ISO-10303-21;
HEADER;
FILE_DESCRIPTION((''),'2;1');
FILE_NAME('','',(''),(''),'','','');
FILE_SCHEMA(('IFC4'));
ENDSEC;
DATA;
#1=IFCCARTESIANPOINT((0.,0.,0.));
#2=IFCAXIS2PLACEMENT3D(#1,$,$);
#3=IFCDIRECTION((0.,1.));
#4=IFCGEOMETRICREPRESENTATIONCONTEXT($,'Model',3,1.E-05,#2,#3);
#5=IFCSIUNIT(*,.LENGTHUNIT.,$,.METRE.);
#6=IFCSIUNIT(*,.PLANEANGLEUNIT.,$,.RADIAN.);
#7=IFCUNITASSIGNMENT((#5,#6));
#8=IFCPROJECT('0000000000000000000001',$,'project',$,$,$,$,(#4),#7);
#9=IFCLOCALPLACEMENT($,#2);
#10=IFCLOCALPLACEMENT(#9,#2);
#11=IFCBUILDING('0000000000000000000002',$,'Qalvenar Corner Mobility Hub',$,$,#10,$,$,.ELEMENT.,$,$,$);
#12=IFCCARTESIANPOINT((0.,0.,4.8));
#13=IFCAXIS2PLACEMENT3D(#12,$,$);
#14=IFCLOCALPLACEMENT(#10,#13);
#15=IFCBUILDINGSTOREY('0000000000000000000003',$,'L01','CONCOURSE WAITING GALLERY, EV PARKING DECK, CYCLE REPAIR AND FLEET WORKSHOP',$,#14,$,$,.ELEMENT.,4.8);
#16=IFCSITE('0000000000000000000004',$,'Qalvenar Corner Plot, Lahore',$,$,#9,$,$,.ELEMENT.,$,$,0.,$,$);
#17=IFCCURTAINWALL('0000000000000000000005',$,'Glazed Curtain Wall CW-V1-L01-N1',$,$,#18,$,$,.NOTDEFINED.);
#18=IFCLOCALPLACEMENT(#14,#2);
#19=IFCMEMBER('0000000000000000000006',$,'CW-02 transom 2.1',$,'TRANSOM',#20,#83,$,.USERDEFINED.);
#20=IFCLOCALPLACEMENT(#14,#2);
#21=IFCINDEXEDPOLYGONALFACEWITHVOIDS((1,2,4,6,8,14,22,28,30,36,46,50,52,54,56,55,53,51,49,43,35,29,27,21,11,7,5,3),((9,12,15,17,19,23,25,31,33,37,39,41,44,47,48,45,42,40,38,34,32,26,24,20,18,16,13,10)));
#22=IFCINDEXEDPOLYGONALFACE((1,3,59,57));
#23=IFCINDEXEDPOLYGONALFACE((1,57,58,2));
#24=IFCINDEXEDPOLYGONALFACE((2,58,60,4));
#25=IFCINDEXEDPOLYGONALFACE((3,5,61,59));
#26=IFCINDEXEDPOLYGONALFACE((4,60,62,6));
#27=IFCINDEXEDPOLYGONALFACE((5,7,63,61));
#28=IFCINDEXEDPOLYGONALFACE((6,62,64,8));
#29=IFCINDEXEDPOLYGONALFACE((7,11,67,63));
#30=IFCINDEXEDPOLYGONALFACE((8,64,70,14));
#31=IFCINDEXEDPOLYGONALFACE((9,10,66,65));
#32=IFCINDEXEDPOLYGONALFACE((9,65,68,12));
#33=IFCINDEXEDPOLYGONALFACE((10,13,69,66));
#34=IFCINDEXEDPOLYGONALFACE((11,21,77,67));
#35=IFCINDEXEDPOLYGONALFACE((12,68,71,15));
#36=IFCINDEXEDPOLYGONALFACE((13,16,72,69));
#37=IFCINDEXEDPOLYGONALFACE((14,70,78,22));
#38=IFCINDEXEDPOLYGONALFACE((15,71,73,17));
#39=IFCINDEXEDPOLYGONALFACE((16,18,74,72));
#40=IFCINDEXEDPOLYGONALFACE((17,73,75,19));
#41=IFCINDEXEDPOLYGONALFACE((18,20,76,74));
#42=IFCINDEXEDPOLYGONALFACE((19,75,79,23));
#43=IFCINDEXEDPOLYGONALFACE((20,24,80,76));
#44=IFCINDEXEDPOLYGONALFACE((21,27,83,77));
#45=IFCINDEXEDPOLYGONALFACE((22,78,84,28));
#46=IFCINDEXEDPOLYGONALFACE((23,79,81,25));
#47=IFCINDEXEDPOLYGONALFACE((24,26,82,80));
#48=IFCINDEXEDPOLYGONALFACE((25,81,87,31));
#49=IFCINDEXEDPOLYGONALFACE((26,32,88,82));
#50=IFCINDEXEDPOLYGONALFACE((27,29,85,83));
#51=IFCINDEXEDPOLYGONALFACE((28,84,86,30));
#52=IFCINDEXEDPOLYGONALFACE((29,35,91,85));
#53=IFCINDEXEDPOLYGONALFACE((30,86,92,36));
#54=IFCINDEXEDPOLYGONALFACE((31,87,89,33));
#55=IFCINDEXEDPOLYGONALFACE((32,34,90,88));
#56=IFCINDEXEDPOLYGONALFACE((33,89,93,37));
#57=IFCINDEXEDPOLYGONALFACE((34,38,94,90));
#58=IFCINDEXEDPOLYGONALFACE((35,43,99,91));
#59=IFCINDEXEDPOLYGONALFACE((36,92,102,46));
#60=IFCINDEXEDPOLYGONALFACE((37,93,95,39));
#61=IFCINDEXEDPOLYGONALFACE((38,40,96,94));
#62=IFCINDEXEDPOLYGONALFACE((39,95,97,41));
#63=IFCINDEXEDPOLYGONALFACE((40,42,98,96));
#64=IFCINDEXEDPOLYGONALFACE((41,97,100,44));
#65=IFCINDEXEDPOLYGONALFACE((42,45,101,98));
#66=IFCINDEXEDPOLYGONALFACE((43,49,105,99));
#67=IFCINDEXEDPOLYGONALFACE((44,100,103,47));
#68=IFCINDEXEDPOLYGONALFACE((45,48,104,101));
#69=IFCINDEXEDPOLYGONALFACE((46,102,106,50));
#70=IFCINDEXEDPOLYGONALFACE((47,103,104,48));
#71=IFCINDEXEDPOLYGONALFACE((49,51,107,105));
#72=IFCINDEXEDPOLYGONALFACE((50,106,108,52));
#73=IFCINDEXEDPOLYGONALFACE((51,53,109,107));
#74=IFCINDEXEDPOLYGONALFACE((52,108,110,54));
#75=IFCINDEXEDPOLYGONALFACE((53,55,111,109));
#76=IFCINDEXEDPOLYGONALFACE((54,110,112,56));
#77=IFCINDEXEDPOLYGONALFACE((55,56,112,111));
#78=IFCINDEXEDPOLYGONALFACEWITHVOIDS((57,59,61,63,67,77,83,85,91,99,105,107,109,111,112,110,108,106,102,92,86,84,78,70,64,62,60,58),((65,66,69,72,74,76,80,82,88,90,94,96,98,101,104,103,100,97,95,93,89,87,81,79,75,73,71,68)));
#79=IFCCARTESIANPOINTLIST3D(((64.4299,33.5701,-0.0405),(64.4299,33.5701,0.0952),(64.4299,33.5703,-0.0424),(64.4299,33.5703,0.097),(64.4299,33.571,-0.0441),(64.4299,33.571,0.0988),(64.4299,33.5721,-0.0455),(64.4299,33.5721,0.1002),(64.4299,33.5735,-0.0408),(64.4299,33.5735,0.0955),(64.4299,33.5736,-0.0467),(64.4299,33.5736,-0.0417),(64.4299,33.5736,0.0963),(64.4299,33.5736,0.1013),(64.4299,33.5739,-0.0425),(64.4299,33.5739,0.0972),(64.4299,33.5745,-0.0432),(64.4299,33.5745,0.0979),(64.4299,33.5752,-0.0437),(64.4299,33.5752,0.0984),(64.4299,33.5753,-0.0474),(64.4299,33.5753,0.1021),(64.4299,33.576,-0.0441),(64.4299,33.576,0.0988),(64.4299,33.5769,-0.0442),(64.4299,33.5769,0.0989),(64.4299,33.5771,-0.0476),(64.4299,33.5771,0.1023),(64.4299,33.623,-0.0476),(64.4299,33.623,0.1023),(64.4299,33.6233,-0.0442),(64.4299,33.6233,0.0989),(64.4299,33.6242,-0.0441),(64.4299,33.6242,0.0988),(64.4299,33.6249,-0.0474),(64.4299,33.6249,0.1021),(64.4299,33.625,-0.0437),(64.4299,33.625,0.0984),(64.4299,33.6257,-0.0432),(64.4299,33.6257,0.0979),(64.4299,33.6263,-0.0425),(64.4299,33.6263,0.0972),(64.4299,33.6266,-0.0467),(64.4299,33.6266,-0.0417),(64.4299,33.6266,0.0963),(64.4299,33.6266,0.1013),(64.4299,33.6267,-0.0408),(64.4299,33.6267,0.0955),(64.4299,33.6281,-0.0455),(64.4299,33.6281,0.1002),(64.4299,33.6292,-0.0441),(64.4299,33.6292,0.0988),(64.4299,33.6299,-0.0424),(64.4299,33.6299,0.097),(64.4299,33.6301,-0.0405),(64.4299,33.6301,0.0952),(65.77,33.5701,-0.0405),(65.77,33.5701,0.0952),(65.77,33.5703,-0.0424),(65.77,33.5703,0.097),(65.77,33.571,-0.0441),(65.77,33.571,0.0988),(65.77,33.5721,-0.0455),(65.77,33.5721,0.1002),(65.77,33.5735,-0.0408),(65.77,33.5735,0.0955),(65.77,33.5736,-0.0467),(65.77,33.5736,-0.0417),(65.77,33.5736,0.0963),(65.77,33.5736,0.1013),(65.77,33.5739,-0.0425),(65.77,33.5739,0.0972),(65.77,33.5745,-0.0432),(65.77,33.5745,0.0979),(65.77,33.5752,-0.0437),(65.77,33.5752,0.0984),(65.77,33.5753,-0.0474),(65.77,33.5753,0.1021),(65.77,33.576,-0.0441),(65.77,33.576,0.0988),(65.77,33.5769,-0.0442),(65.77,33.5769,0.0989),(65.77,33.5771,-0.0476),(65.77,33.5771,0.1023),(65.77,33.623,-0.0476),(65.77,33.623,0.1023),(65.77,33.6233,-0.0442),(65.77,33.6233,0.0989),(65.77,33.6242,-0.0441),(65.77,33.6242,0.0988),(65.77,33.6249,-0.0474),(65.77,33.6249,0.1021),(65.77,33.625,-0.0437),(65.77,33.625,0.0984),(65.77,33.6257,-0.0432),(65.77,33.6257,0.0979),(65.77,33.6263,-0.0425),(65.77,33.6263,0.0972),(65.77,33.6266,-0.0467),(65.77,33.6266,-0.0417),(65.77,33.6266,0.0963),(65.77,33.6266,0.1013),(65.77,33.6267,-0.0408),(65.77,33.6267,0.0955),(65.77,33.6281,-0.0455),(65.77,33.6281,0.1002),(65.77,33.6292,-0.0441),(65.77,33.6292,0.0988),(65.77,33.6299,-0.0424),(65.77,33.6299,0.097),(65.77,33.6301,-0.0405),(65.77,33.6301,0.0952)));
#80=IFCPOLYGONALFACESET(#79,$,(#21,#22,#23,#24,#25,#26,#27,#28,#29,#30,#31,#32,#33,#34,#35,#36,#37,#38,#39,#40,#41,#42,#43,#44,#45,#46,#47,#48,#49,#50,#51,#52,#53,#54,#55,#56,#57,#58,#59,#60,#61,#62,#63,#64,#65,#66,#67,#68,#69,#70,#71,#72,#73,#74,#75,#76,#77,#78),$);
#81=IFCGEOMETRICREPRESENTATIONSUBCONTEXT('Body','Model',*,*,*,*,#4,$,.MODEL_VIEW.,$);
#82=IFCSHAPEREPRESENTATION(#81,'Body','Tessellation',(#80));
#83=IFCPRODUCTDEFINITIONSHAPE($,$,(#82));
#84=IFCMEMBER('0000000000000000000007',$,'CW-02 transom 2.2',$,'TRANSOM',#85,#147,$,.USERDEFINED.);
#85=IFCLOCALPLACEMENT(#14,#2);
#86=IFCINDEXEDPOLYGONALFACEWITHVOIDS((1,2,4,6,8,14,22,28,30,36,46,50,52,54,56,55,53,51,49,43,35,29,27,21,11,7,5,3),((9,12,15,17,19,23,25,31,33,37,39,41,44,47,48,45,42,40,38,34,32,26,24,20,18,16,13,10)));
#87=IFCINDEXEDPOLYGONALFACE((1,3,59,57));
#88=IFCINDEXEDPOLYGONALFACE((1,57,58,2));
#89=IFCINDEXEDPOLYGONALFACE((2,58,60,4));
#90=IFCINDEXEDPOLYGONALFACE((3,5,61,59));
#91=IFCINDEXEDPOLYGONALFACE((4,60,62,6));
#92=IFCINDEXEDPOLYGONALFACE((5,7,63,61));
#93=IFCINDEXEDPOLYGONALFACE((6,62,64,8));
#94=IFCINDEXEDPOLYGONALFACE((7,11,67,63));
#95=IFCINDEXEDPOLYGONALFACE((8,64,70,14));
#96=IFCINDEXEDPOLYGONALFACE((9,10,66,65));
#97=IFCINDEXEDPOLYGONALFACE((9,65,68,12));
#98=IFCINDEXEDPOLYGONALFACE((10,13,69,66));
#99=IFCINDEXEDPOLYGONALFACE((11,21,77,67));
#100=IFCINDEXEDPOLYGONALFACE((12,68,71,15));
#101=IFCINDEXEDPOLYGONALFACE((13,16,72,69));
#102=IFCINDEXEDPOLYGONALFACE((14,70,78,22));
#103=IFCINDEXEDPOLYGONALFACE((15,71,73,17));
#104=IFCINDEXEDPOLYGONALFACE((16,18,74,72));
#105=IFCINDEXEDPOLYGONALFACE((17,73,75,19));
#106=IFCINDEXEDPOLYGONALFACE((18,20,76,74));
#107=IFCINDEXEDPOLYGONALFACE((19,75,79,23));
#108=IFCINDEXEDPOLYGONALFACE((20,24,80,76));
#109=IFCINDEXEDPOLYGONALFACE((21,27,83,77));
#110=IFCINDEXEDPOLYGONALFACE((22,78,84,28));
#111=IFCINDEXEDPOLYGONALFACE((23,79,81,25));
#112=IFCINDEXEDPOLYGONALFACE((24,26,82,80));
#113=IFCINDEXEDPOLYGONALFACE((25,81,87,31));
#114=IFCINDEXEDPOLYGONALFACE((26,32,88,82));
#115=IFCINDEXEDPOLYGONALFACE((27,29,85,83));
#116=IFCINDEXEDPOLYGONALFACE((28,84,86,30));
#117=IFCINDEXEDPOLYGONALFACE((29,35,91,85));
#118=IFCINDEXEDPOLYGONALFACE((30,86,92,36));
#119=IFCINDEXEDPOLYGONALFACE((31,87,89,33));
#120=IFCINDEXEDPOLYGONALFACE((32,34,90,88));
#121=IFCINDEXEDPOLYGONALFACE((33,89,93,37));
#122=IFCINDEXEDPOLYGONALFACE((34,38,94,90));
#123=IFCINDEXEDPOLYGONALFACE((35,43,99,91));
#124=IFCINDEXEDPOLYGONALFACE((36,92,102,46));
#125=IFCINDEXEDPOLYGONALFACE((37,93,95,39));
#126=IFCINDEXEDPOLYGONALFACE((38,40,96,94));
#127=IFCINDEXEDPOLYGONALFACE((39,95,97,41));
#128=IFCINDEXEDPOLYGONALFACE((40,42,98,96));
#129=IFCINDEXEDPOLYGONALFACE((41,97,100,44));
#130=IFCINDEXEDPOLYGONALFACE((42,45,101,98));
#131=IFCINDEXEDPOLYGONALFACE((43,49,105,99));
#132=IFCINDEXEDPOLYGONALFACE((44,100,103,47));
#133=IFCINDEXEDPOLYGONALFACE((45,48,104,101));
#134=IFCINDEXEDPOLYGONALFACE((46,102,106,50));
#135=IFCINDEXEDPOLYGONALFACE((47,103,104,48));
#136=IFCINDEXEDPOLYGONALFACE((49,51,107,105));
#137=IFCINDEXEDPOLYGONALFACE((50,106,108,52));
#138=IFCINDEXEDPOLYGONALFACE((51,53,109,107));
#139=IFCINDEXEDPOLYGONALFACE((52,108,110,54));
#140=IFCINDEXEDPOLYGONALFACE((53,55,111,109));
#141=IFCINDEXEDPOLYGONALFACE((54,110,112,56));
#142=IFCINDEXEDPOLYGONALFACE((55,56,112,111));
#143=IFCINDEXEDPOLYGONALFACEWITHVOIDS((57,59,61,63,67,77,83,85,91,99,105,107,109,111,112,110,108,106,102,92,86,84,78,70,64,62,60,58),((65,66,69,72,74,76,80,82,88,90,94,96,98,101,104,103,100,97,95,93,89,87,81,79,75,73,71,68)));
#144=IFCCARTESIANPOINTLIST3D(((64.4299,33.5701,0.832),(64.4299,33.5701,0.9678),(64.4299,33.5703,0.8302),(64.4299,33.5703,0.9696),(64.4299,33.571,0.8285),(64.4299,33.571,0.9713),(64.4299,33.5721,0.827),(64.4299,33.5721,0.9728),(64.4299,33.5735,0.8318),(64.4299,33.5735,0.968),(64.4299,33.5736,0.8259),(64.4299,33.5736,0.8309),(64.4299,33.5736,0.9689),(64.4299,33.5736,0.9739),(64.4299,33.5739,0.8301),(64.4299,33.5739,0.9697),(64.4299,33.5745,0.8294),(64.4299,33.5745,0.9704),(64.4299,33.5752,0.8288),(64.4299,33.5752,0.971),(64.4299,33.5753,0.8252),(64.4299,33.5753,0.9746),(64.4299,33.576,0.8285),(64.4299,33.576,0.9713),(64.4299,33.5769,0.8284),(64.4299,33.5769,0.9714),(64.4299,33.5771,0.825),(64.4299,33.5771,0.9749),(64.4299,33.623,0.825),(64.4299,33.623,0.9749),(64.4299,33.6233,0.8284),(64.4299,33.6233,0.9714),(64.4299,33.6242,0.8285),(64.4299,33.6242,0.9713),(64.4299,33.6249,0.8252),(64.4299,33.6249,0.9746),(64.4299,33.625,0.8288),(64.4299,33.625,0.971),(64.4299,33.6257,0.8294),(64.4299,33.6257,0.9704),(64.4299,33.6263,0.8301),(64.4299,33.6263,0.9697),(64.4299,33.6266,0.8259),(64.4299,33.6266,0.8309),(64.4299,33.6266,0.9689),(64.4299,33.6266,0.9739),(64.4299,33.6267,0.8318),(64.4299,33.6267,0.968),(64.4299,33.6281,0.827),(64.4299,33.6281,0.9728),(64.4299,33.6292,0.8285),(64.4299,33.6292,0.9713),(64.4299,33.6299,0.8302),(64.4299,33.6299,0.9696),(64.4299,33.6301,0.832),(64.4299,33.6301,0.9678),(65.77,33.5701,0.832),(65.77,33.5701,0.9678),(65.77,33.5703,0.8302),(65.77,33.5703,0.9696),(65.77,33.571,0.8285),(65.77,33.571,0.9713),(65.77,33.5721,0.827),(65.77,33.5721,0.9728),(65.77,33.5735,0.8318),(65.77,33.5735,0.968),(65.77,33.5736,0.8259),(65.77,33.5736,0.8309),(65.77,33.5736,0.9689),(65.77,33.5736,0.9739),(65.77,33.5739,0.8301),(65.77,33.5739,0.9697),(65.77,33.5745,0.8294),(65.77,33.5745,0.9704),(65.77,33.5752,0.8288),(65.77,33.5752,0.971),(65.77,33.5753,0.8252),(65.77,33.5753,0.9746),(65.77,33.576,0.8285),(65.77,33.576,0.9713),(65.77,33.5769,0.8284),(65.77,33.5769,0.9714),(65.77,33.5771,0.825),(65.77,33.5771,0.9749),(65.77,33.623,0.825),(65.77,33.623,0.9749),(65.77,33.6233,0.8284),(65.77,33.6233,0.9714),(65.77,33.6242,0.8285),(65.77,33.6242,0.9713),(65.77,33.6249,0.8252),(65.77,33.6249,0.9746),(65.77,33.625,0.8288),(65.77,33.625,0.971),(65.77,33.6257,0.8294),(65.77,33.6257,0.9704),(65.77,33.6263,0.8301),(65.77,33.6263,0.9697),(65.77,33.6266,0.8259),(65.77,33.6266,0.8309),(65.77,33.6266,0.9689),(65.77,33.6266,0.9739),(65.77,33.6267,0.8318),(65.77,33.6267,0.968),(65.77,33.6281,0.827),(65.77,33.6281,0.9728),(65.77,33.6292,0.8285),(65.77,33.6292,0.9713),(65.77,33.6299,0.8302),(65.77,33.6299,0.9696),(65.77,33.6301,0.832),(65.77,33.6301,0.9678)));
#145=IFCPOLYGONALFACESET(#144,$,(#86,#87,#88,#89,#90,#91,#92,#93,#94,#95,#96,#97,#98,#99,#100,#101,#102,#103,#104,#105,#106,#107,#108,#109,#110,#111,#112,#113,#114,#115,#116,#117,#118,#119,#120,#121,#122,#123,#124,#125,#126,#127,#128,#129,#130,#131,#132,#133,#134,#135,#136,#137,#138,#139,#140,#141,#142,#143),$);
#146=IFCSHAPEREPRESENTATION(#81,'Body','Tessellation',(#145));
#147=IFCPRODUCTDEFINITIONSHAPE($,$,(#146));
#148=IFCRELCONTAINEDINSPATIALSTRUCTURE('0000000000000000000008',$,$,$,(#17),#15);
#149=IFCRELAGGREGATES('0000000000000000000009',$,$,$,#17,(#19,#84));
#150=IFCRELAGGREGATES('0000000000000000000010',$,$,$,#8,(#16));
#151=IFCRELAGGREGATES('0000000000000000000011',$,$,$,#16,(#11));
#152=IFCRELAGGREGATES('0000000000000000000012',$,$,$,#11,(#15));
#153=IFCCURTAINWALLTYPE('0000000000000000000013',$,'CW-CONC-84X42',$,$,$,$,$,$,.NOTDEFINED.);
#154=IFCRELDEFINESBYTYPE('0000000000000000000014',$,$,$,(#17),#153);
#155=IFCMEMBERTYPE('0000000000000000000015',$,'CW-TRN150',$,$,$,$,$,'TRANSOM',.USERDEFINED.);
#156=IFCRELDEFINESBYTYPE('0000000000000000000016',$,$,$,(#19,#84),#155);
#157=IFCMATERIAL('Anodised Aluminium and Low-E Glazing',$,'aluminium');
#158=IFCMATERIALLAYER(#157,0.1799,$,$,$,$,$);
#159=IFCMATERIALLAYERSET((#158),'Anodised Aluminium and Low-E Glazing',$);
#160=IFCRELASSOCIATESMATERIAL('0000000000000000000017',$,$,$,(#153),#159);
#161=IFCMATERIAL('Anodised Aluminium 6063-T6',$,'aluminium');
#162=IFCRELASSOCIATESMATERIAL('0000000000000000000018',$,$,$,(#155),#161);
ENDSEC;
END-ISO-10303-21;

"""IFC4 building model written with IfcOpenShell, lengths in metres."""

from ifc_helpers import new_model, si_unit, direction, frame, origin, origin_2d, place, context, subcontext, project, spatial, hollow_rectangle, extrude, material, layer, layer_set, material_profile, profile_set, type_object, element, aggregate, save


model = new_model("IFC4")

# Units and contexts
model_context = context("Model", 3, precision=1e-05, world=origin(), true_north=direction((0.0, 1.0)))
body_context = subcontext(model_context, "Body", "Model", "MODEL_VIEW")
ifc_project = project(units=[si_unit("LENGTHUNIT", "METRE"), si_unit("PLANEANGLEUNIT", "RADIAN")], contexts=[model_context])

# Site, building, storey
site_placement = place(None, origin())
site = spatial("IfcSite", under=ifc_project, at=site_placement, Name="Qalvenar Corner Plot, Lahore", CompositionType="ELEMENT", RefElevation=0.0)
building_placement = place(site_placement, origin())
building = spatial("IfcBuilding", under=site, at=building_placement, Name="Qalvenar Corner Mobility Hub", CompositionType="ELEMENT")
storey_placement = place(building_placement, frame((0.0, 0.0, 4.8)))
storey = spatial("IfcBuildingStorey", under=building, at=storey_placement, Name="L01", Description="CONCOURSE WAITING GALLERY, EV PARKING DECK, CYCLE REPAIR AND FLEET WORKSHOP", CompositionType="ELEMENT", Elevation=4.8)

# Curtain wall
ifc_material_1 = material(Name="Anodised Aluminium and Low-E Glazing", Category="aluminium")
ifc_material_2 = material(Name="Anodised Aluminium 6063-T6", Category="aluminium")
ifc_layer_1 = layer(ifc_material_1, 0.1799)
ifc_layer_set_1 = layer_set([ifc_layer_1], Name="Anodised Aluminium and Low-E Glazing")
curtain_wall_type_1 = type_object("IfcCurtainWallType", Name="CW-CONC-84X42", PredefinedType="NOTDEFINED", material=ifc_layer_set_1)
curtain_wall_1_placement = place(storey_placement, origin())
curtain_wall_1 = element("IfcCurtainWall", 1, at=curtain_wall_1_placement, inside=storey, type_object=curtain_wall_type_1, Name="Glazed Curtain Wall CW-V1-L01-N1", PredefinedType="NOTDEFINED")

# Members
ifc_material_profile_1 = material_profile(ifc_material_2, hollow_rectangle(XDim=0.0601, YDim=0.1499, WallThickness=0.0034, InnerFilletRadius=0.0034, OuterFilletRadius=0.0071, at=origin_2d()), Name="RHS150x60x3.5")
ifc_profile_set_1 = profile_set([ifc_material_profile_1], Name="Anodised Aluminium 6063-T6")
member_type_1 = type_object("IfcMemberType", Name="CW-TRN150", ElementType="TRANSOM", PredefinedType="USERDEFINED", material=ifc_profile_set_1)
member_1_placement = place(storey_placement, frame((65.77, 33.6001, 0.0273), z_axis=(-1.0, 0.0, 0.0), x_axis=(0.0, -1.0, 0.0)))
member_1 = element("IfcMember", 2, at=member_1_placement, type_object=member_type_1, Name="CW-02 transom 2.1", ObjectType="TRANSOM", PredefinedType="USERDEFINED", context=body_context, shape_type="SweptSolid", body=[
    extrude(hollow_rectangle(XDim=0.0601, YDim=0.1499, WallThickness=0.0034, InnerFilletRadius=0.0034, OuterFilletRadius=0.0071, at=origin_2d()), origin(), (0.0, 0.0, 1.0), 1.3401),
])
member_2_placement = place(storey_placement, frame((65.77, 33.6001, 0.8999), z_axis=(-1.0, 0.0, 0.0), x_axis=(0.0, -1.0, 0.0)))
member_2 = element("IfcMember", 3, at=member_2_placement, type_object=member_type_1, Name="CW-02 transom 2.2", ObjectType="TRANSOM", PredefinedType="USERDEFINED", context=body_context, shape_type="SweptSolid", body=[
    extrude(hollow_rectangle(XDim=0.0601, YDim=0.1499, WallThickness=0.0034, InnerFilletRadius=0.0034, OuterFilletRadius=0.0071, at=origin_2d()), origin(), (0.0, 0.0, 1.0), 1.3401),
])

aggregate(curtain_wall_1, [member_1, member_2])

save(model, "model.ifc")
